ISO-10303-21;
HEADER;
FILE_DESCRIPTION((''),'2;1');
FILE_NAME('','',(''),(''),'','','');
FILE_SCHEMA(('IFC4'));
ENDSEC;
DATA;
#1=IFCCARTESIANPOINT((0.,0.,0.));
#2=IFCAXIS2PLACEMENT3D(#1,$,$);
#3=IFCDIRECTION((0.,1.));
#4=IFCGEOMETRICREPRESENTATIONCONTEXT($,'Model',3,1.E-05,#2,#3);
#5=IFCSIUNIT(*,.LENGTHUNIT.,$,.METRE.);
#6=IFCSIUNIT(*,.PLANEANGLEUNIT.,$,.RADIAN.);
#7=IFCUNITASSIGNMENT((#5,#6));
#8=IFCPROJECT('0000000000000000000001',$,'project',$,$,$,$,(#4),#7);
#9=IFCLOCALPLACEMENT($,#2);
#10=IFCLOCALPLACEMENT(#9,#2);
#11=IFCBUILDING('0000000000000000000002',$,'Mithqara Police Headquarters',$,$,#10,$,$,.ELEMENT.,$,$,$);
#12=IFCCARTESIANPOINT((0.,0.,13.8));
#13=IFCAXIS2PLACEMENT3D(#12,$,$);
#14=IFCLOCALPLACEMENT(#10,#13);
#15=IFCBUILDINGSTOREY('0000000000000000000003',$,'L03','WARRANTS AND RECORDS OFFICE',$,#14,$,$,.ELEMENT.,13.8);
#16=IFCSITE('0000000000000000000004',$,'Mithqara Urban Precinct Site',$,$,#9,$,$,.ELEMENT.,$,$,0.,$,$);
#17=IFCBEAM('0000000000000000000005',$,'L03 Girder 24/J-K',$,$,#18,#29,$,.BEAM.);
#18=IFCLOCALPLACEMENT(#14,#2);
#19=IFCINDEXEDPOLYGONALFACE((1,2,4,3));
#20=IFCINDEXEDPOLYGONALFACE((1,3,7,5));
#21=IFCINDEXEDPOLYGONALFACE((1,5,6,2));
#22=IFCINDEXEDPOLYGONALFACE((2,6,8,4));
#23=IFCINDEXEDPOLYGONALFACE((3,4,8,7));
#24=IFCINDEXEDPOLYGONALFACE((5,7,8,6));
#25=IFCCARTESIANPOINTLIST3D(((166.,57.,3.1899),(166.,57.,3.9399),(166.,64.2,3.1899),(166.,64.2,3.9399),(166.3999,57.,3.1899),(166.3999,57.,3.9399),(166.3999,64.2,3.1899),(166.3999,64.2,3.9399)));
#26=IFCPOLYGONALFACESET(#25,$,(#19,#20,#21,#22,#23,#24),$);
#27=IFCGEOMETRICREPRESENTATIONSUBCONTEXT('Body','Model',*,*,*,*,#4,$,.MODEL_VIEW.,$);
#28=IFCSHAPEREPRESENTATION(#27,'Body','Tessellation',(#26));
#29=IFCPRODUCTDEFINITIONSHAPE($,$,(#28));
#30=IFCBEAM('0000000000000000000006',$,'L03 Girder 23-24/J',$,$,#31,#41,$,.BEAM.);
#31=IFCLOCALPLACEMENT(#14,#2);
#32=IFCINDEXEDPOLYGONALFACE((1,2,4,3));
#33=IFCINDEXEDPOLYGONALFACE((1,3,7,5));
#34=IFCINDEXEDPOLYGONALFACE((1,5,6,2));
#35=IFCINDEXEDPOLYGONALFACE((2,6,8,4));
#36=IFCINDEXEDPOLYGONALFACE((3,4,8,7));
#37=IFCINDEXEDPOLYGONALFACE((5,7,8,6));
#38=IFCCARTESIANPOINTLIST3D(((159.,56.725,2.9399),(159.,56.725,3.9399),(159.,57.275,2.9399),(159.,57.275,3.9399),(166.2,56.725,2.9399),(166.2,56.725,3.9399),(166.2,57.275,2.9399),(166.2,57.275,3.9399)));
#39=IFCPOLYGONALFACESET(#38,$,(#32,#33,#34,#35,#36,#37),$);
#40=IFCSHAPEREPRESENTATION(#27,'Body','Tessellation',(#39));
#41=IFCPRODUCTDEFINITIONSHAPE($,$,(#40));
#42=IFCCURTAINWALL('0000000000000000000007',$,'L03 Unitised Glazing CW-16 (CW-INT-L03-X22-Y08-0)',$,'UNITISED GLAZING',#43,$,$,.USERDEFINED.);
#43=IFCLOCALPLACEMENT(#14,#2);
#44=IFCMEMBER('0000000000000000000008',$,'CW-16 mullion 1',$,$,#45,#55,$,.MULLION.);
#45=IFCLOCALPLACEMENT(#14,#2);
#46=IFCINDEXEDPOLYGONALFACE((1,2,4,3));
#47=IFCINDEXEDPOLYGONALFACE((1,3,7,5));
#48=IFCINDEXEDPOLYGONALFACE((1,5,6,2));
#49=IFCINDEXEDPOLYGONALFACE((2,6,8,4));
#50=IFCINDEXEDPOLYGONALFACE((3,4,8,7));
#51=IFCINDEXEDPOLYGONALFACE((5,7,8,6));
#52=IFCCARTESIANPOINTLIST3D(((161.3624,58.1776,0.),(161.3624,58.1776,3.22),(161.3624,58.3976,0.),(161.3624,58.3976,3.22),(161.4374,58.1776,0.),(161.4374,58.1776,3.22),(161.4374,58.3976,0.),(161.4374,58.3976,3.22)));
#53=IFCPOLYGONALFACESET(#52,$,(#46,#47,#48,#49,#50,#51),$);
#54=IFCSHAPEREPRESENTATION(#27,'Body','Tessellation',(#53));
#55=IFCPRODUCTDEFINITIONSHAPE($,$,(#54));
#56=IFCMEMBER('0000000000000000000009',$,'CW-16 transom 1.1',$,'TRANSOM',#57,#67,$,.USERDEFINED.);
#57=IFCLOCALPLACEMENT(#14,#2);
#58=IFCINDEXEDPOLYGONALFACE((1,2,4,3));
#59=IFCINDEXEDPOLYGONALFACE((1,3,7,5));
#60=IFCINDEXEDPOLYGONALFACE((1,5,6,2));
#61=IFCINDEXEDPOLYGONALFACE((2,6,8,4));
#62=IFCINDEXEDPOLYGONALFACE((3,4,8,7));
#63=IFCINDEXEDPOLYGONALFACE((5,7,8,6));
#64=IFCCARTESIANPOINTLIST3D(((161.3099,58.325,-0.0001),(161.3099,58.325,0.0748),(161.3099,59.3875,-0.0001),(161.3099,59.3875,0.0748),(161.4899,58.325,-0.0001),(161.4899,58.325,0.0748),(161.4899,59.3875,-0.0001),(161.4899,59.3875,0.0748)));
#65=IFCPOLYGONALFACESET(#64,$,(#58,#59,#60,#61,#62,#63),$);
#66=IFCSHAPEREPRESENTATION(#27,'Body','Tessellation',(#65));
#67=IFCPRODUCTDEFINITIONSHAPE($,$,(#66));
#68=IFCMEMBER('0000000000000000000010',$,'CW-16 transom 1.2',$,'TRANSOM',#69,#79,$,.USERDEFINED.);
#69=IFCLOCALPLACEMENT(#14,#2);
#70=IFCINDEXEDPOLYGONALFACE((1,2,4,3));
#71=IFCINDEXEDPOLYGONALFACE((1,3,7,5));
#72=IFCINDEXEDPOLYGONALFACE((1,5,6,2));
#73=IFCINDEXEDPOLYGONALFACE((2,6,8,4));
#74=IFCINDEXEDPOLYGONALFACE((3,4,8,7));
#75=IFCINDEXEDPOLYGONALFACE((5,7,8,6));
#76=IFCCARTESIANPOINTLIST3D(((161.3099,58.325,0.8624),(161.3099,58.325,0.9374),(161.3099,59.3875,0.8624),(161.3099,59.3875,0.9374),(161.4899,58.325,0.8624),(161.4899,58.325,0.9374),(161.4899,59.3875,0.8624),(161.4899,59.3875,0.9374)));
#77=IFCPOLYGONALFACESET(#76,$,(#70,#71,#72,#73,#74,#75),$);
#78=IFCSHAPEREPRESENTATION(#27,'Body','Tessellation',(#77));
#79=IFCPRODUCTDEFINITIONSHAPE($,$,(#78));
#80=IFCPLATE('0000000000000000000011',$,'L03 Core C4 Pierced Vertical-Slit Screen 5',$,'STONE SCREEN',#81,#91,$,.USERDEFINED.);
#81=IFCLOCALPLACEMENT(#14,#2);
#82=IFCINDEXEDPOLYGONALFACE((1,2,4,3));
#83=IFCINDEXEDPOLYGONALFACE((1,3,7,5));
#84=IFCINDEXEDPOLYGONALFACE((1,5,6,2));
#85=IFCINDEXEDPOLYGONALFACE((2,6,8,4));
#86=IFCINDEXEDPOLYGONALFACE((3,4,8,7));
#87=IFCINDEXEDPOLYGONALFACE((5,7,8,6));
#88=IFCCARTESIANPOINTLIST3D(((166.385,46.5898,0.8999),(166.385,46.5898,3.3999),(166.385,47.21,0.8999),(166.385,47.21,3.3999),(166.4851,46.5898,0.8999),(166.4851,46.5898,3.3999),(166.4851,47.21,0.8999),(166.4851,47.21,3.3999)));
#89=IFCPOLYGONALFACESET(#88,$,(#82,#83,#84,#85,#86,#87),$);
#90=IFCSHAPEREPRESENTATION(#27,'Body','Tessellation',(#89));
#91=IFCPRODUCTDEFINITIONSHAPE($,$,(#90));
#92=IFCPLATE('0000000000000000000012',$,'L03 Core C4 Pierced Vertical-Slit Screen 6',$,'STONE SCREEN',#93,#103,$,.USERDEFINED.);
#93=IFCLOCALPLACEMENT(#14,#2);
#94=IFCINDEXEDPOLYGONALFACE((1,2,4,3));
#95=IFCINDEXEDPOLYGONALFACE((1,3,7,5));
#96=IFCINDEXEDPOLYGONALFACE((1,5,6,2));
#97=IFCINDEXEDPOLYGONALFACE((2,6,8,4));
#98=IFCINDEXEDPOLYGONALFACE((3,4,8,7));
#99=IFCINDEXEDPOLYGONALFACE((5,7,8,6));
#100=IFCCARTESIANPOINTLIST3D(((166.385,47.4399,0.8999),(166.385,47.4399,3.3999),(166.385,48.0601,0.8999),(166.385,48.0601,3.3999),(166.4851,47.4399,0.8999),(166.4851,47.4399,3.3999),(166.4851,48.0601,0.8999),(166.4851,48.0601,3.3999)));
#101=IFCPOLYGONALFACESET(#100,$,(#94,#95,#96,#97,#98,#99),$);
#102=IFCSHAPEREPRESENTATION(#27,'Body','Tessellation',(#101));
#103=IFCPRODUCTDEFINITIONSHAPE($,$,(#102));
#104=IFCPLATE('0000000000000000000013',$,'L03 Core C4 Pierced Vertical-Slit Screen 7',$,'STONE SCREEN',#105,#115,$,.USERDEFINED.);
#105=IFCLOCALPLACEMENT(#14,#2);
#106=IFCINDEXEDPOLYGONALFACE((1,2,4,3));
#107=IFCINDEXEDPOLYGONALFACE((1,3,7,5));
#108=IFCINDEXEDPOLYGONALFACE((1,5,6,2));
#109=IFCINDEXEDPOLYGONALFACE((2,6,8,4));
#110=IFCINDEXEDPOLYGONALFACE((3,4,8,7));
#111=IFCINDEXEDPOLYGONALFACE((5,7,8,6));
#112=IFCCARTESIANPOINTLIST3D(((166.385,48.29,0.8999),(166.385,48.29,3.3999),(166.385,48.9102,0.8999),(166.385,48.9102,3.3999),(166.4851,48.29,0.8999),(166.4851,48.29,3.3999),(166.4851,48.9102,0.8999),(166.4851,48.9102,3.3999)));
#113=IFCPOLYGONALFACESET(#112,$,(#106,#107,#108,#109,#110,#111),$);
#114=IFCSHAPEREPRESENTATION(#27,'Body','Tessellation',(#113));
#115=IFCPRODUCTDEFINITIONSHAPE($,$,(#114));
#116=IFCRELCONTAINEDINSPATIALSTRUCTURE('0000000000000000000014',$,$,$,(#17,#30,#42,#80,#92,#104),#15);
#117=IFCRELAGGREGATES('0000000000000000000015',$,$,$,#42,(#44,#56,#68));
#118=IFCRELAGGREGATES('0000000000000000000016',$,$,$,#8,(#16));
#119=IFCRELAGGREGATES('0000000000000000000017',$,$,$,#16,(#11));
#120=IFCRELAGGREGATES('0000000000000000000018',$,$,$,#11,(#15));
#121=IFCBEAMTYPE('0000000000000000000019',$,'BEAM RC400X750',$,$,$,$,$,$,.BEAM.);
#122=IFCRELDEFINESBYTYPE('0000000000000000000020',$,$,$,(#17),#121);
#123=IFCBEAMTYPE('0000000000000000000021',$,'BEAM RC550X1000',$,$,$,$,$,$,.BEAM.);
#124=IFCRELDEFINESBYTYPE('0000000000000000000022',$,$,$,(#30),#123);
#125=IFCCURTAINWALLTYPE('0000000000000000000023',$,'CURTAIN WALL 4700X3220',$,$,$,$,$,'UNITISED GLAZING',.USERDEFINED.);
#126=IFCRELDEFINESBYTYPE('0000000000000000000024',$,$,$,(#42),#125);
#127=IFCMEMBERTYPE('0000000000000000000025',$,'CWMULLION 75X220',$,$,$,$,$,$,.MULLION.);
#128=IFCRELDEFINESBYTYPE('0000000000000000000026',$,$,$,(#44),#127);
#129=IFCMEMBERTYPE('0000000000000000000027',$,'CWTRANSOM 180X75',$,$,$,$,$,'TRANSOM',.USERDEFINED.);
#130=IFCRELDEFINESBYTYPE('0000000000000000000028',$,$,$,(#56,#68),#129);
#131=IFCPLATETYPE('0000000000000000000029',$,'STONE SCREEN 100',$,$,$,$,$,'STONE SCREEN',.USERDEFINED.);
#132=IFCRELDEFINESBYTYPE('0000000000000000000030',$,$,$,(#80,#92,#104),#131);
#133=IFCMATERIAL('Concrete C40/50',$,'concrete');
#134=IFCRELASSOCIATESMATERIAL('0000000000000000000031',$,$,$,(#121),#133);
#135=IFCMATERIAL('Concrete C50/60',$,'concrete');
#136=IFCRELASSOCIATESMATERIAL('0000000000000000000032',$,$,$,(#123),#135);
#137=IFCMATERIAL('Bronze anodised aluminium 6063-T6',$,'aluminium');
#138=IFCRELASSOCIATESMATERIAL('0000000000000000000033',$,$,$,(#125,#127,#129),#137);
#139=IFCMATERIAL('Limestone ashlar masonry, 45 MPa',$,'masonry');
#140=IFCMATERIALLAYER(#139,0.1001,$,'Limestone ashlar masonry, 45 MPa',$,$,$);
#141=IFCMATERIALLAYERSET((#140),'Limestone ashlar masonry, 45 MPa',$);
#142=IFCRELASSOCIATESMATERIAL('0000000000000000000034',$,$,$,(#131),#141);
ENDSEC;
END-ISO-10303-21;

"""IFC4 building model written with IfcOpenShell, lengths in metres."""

from ifc_helpers import new_model, si_unit, direction, frame, origin, origin_2d, place, context, subcontext, project, spatial, rectangle, extrude, material, layer, layer_set, material_profile, profile_set, type_object, element, aggregate, save


model = new_model("IFC4")

# Units and contexts
model_context = context("Model", 3, precision=1e-05, world=origin(), true_north=direction((0.0, 1.0)))
body_context = subcontext(model_context, "Body", "Model", "MODEL_VIEW")
ifc_project = project(units=[si_unit("LENGTHUNIT", "METRE"), si_unit("PLANEANGLEUNIT", "RADIAN")], contexts=[model_context])

# Site, building, storey
site_placement = place(None, origin())
site = spatial("IfcSite", under=ifc_project, at=site_placement, Name="Mithqara Urban Precinct Site", CompositionType="ELEMENT", RefElevation=0.0)
building_placement = place(site_placement, origin())
building = spatial("IfcBuilding", under=site, at=building_placement, Name="Mithqara Police Headquarters", CompositionType="ELEMENT")
storey_placement = place(building_placement, frame((0.0, 0.0, 13.8)))
storey = spatial("IfcBuildingStorey", under=building, at=storey_placement, Name="L03", Description="WARRANTS AND RECORDS OFFICE", CompositionType="ELEMENT", Elevation=13.8)

# Shared definitions
ifc_material_1 = material(Name="Concrete C50/60", Category="concrete")

# Beams
ifc_material_2 = material(Name="Concrete C40/50", Category="concrete")
ifc_material_profile_1 = material_profile(ifc_material_2, rectangle(XDim=0.3999, YDim=0.75, at=origin_2d()), Name="RC 400x750")
ifc_profile_set_1 = profile_set([ifc_material_profile_1], Name="Concrete C40/50")
beam_type_1 = type_object("IfcBeamType", Name="BEAM RC400X750", PredefinedType="BEAM", material=ifc_profile_set_1)
beam_1_placement = place(storey_placement, frame((166.2, 57.0, 3.5649), z_axis=(0.0, 1.0, 0.0), x_axis=(-1.0, 0.0, 0.0)))
element("IfcBeam", 1, at=beam_1_placement, inside=storey, type_object=beam_type_1, Name="L03 Girder 24/J-K", PredefinedType="BEAM", context=body_context, shape_type="SweptSolid", body=[
    extrude(rectangle(XDim=0.3999, YDim=0.75, at=origin_2d()), origin(), (0.0, 0.0, 1.0), 7.2),
])
ifc_material_profile_2 = material_profile(ifc_material_1, rectangle(XDim=0.55, YDim=1.0, at=origin_2d()), Name="RC 550x1000")
ifc_profile_set_2 = profile_set([ifc_material_profile_2], Name="Concrete C50/60")
beam_type_2 = type_object("IfcBeamType", Name="BEAM RC550X1000", PredefinedType="BEAM", material=ifc_profile_set_2)
beam_2_placement = place(storey_placement, frame((159.0, 57.0, 3.4399), z_axis=(1.0, 0.0, 0.0), x_axis=(0.0, 1.0, 0.0)))
element("IfcBeam", 2, at=beam_2_placement, inside=storey, type_object=beam_type_2, Name="L03 Girder 23-24/J", PredefinedType="BEAM", context=body_context, shape_type="SweptSolid", body=[
    extrude(rectangle(XDim=0.55, YDim=1.0, at=origin_2d()), origin(), (0.0, 0.0, 1.0), 7.2),
])

# Curtain wall, members
ifc_material_3 = material(Name="Bronze anodised aluminium 6063-T6", Category="aluminium")
curtain_wall_type = type_object("IfcCurtainWallType", Name="CURTAIN WALL 4700X3220", ElementType="UNITISED GLAZING", PredefinedType="USERDEFINED", material=ifc_material_3)
curtain_wall_placement = place(storey_placement, origin())
curtain_wall = element("IfcCurtainWall", 3, at=curtain_wall_placement, inside=storey, type_object=curtain_wall_type, Name="L03 Unitised Glazing CW-16 (CW-INT-L03-X22-Y08-0)", ObjectType="UNITISED GLAZING", PredefinedType="USERDEFINED")
ifc_material_profile_3 = material_profile(ifc_material_3, rectangle(XDim=0.075, YDim=0.22, at=origin_2d()), Name="CWM 75x220")
ifc_profile_set_3 = profile_set([ifc_material_profile_3], Name="Bronze anodised aluminium 6063-T6")
member_type_1 = type_object("IfcMemberType", Name="CWMULLION 75X220", PredefinedType="MULLION", material=ifc_profile_set_3)
member_1_placement = place(storey_placement, frame((161.3999, 58.2876, 0.0), z_axis=(0.0, 0.0, 1.0), x_axis=(-1.0, 0.0, 0.0)))
member_1 = element("IfcMember", 4, at=member_1_placement, type_object=member_type_1, Name="CW-16 mullion 1", PredefinedType="MULLION", context=body_context, shape_type="SweptSolid", body=[
    extrude(rectangle(XDim=0.075, YDim=0.22, at=origin_2d()), origin(), (0.0, 0.0, 1.0), 3.22),
])
ifc_material_profile_4 = material_profile(ifc_material_3, rectangle(XDim=0.1799, YDim=0.075, at=origin_2d()), Name="CWT 180x75")
ifc_profile_set_4 = profile_set([ifc_material_profile_4], Name="Bronze anodised aluminium 6063-T6")
member_type_2 = type_object("IfcMemberType", Name="CWTRANSOM 180X75", ElementType="TRANSOM", PredefinedType="USERDEFINED", material=ifc_profile_set_4)
member_2_placement = place(storey_placement, frame((161.3999, 58.325, 0.0374), z_axis=(0.0, 1.0, 0.0), x_axis=(-1.0, 0.0, 0.0)))
member_2 = element("IfcMember", 5, at=member_2_placement, type_object=member_type_2, Name="CW-16 transom 1.1", ObjectType="TRANSOM", PredefinedType="USERDEFINED", context=body_context, shape_type="SweptSolid", body=[
    extrude(rectangle(XDim=0.1799, YDim=0.075, at=origin_2d()), origin(), (0.0, 0.0, 1.0), 1.0625),
])
member_3_placement = place(storey_placement, frame((161.3999, 58.325, 0.8999), z_axis=(0.0, 1.0, 0.0), x_axis=(-1.0, 0.0, 0.0)))
member_3 = element("IfcMember", 6, at=member_3_placement, type_object=member_type_2, Name="CW-16 transom 1.2", ObjectType="TRANSOM", PredefinedType="USERDEFINED", context=body_context, shape_type="SweptSolid", body=[
    extrude(rectangle(XDim=0.1799, YDim=0.075, at=origin_2d()), origin(), (0.0, 0.0, 1.0), 1.0625),
])
aggregate(curtain_wall, [member_1, member_2, member_3])

# Plates
ifc_material_4 = material(Name="Limestone ashlar masonry, 45 MPa", Category="masonry")
ifc_layer_1 = layer(ifc_material_4, 0.1001, Name="Limestone ashlar masonry, 45 MPa")
ifc_layer_set_1 = layer_set([ifc_layer_1], Name="Limestone ashlar masonry, 45 MPa")
plate_type = type_object("IfcPlateType", Name="STONE SCREEN 100", ElementType="STONE SCREEN", PredefinedType="USERDEFINED", material=ifc_layer_set_1)
for number, where, z_axis, x_axis, name in (
    (7, (166.4351, 46.8999, 0.8999), (0.0, 0.0, 1.0), (0.0, 1.0, 0.0), "L03 Core C4 Pierced Vertical-Slit Screen 5"),
    (8, (166.4351, 47.75, 0.8999), (0.0, 0.0, 1.0), (0.0, 1.0, 0.0), "L03 Core C4 Pierced Vertical-Slit Screen 6"),
    (9, (166.4351, 48.6001, 0.8999), (0.0, 0.0, 1.0), (0.0, 1.0, 0.0), "L03 Core C4 Pierced Vertical-Slit Screen 7"),
):
    element("IfcPlate", number, at=place(storey_placement, frame(where, z_axis=z_axis, x_axis=x_axis)), inside=storey, type_object=plate_type, Name=name, ObjectType="STONE SCREEN", PredefinedType="USERDEFINED", context=body_context, shape_type="SweptSolid", body=[
        extrude(rectangle(XDim=0.6201, YDim=0.1001, at=origin_2d()), origin(), (0.0, 0.0, 1.0), 2.5),
    ])

save(model, "model.ifc")
